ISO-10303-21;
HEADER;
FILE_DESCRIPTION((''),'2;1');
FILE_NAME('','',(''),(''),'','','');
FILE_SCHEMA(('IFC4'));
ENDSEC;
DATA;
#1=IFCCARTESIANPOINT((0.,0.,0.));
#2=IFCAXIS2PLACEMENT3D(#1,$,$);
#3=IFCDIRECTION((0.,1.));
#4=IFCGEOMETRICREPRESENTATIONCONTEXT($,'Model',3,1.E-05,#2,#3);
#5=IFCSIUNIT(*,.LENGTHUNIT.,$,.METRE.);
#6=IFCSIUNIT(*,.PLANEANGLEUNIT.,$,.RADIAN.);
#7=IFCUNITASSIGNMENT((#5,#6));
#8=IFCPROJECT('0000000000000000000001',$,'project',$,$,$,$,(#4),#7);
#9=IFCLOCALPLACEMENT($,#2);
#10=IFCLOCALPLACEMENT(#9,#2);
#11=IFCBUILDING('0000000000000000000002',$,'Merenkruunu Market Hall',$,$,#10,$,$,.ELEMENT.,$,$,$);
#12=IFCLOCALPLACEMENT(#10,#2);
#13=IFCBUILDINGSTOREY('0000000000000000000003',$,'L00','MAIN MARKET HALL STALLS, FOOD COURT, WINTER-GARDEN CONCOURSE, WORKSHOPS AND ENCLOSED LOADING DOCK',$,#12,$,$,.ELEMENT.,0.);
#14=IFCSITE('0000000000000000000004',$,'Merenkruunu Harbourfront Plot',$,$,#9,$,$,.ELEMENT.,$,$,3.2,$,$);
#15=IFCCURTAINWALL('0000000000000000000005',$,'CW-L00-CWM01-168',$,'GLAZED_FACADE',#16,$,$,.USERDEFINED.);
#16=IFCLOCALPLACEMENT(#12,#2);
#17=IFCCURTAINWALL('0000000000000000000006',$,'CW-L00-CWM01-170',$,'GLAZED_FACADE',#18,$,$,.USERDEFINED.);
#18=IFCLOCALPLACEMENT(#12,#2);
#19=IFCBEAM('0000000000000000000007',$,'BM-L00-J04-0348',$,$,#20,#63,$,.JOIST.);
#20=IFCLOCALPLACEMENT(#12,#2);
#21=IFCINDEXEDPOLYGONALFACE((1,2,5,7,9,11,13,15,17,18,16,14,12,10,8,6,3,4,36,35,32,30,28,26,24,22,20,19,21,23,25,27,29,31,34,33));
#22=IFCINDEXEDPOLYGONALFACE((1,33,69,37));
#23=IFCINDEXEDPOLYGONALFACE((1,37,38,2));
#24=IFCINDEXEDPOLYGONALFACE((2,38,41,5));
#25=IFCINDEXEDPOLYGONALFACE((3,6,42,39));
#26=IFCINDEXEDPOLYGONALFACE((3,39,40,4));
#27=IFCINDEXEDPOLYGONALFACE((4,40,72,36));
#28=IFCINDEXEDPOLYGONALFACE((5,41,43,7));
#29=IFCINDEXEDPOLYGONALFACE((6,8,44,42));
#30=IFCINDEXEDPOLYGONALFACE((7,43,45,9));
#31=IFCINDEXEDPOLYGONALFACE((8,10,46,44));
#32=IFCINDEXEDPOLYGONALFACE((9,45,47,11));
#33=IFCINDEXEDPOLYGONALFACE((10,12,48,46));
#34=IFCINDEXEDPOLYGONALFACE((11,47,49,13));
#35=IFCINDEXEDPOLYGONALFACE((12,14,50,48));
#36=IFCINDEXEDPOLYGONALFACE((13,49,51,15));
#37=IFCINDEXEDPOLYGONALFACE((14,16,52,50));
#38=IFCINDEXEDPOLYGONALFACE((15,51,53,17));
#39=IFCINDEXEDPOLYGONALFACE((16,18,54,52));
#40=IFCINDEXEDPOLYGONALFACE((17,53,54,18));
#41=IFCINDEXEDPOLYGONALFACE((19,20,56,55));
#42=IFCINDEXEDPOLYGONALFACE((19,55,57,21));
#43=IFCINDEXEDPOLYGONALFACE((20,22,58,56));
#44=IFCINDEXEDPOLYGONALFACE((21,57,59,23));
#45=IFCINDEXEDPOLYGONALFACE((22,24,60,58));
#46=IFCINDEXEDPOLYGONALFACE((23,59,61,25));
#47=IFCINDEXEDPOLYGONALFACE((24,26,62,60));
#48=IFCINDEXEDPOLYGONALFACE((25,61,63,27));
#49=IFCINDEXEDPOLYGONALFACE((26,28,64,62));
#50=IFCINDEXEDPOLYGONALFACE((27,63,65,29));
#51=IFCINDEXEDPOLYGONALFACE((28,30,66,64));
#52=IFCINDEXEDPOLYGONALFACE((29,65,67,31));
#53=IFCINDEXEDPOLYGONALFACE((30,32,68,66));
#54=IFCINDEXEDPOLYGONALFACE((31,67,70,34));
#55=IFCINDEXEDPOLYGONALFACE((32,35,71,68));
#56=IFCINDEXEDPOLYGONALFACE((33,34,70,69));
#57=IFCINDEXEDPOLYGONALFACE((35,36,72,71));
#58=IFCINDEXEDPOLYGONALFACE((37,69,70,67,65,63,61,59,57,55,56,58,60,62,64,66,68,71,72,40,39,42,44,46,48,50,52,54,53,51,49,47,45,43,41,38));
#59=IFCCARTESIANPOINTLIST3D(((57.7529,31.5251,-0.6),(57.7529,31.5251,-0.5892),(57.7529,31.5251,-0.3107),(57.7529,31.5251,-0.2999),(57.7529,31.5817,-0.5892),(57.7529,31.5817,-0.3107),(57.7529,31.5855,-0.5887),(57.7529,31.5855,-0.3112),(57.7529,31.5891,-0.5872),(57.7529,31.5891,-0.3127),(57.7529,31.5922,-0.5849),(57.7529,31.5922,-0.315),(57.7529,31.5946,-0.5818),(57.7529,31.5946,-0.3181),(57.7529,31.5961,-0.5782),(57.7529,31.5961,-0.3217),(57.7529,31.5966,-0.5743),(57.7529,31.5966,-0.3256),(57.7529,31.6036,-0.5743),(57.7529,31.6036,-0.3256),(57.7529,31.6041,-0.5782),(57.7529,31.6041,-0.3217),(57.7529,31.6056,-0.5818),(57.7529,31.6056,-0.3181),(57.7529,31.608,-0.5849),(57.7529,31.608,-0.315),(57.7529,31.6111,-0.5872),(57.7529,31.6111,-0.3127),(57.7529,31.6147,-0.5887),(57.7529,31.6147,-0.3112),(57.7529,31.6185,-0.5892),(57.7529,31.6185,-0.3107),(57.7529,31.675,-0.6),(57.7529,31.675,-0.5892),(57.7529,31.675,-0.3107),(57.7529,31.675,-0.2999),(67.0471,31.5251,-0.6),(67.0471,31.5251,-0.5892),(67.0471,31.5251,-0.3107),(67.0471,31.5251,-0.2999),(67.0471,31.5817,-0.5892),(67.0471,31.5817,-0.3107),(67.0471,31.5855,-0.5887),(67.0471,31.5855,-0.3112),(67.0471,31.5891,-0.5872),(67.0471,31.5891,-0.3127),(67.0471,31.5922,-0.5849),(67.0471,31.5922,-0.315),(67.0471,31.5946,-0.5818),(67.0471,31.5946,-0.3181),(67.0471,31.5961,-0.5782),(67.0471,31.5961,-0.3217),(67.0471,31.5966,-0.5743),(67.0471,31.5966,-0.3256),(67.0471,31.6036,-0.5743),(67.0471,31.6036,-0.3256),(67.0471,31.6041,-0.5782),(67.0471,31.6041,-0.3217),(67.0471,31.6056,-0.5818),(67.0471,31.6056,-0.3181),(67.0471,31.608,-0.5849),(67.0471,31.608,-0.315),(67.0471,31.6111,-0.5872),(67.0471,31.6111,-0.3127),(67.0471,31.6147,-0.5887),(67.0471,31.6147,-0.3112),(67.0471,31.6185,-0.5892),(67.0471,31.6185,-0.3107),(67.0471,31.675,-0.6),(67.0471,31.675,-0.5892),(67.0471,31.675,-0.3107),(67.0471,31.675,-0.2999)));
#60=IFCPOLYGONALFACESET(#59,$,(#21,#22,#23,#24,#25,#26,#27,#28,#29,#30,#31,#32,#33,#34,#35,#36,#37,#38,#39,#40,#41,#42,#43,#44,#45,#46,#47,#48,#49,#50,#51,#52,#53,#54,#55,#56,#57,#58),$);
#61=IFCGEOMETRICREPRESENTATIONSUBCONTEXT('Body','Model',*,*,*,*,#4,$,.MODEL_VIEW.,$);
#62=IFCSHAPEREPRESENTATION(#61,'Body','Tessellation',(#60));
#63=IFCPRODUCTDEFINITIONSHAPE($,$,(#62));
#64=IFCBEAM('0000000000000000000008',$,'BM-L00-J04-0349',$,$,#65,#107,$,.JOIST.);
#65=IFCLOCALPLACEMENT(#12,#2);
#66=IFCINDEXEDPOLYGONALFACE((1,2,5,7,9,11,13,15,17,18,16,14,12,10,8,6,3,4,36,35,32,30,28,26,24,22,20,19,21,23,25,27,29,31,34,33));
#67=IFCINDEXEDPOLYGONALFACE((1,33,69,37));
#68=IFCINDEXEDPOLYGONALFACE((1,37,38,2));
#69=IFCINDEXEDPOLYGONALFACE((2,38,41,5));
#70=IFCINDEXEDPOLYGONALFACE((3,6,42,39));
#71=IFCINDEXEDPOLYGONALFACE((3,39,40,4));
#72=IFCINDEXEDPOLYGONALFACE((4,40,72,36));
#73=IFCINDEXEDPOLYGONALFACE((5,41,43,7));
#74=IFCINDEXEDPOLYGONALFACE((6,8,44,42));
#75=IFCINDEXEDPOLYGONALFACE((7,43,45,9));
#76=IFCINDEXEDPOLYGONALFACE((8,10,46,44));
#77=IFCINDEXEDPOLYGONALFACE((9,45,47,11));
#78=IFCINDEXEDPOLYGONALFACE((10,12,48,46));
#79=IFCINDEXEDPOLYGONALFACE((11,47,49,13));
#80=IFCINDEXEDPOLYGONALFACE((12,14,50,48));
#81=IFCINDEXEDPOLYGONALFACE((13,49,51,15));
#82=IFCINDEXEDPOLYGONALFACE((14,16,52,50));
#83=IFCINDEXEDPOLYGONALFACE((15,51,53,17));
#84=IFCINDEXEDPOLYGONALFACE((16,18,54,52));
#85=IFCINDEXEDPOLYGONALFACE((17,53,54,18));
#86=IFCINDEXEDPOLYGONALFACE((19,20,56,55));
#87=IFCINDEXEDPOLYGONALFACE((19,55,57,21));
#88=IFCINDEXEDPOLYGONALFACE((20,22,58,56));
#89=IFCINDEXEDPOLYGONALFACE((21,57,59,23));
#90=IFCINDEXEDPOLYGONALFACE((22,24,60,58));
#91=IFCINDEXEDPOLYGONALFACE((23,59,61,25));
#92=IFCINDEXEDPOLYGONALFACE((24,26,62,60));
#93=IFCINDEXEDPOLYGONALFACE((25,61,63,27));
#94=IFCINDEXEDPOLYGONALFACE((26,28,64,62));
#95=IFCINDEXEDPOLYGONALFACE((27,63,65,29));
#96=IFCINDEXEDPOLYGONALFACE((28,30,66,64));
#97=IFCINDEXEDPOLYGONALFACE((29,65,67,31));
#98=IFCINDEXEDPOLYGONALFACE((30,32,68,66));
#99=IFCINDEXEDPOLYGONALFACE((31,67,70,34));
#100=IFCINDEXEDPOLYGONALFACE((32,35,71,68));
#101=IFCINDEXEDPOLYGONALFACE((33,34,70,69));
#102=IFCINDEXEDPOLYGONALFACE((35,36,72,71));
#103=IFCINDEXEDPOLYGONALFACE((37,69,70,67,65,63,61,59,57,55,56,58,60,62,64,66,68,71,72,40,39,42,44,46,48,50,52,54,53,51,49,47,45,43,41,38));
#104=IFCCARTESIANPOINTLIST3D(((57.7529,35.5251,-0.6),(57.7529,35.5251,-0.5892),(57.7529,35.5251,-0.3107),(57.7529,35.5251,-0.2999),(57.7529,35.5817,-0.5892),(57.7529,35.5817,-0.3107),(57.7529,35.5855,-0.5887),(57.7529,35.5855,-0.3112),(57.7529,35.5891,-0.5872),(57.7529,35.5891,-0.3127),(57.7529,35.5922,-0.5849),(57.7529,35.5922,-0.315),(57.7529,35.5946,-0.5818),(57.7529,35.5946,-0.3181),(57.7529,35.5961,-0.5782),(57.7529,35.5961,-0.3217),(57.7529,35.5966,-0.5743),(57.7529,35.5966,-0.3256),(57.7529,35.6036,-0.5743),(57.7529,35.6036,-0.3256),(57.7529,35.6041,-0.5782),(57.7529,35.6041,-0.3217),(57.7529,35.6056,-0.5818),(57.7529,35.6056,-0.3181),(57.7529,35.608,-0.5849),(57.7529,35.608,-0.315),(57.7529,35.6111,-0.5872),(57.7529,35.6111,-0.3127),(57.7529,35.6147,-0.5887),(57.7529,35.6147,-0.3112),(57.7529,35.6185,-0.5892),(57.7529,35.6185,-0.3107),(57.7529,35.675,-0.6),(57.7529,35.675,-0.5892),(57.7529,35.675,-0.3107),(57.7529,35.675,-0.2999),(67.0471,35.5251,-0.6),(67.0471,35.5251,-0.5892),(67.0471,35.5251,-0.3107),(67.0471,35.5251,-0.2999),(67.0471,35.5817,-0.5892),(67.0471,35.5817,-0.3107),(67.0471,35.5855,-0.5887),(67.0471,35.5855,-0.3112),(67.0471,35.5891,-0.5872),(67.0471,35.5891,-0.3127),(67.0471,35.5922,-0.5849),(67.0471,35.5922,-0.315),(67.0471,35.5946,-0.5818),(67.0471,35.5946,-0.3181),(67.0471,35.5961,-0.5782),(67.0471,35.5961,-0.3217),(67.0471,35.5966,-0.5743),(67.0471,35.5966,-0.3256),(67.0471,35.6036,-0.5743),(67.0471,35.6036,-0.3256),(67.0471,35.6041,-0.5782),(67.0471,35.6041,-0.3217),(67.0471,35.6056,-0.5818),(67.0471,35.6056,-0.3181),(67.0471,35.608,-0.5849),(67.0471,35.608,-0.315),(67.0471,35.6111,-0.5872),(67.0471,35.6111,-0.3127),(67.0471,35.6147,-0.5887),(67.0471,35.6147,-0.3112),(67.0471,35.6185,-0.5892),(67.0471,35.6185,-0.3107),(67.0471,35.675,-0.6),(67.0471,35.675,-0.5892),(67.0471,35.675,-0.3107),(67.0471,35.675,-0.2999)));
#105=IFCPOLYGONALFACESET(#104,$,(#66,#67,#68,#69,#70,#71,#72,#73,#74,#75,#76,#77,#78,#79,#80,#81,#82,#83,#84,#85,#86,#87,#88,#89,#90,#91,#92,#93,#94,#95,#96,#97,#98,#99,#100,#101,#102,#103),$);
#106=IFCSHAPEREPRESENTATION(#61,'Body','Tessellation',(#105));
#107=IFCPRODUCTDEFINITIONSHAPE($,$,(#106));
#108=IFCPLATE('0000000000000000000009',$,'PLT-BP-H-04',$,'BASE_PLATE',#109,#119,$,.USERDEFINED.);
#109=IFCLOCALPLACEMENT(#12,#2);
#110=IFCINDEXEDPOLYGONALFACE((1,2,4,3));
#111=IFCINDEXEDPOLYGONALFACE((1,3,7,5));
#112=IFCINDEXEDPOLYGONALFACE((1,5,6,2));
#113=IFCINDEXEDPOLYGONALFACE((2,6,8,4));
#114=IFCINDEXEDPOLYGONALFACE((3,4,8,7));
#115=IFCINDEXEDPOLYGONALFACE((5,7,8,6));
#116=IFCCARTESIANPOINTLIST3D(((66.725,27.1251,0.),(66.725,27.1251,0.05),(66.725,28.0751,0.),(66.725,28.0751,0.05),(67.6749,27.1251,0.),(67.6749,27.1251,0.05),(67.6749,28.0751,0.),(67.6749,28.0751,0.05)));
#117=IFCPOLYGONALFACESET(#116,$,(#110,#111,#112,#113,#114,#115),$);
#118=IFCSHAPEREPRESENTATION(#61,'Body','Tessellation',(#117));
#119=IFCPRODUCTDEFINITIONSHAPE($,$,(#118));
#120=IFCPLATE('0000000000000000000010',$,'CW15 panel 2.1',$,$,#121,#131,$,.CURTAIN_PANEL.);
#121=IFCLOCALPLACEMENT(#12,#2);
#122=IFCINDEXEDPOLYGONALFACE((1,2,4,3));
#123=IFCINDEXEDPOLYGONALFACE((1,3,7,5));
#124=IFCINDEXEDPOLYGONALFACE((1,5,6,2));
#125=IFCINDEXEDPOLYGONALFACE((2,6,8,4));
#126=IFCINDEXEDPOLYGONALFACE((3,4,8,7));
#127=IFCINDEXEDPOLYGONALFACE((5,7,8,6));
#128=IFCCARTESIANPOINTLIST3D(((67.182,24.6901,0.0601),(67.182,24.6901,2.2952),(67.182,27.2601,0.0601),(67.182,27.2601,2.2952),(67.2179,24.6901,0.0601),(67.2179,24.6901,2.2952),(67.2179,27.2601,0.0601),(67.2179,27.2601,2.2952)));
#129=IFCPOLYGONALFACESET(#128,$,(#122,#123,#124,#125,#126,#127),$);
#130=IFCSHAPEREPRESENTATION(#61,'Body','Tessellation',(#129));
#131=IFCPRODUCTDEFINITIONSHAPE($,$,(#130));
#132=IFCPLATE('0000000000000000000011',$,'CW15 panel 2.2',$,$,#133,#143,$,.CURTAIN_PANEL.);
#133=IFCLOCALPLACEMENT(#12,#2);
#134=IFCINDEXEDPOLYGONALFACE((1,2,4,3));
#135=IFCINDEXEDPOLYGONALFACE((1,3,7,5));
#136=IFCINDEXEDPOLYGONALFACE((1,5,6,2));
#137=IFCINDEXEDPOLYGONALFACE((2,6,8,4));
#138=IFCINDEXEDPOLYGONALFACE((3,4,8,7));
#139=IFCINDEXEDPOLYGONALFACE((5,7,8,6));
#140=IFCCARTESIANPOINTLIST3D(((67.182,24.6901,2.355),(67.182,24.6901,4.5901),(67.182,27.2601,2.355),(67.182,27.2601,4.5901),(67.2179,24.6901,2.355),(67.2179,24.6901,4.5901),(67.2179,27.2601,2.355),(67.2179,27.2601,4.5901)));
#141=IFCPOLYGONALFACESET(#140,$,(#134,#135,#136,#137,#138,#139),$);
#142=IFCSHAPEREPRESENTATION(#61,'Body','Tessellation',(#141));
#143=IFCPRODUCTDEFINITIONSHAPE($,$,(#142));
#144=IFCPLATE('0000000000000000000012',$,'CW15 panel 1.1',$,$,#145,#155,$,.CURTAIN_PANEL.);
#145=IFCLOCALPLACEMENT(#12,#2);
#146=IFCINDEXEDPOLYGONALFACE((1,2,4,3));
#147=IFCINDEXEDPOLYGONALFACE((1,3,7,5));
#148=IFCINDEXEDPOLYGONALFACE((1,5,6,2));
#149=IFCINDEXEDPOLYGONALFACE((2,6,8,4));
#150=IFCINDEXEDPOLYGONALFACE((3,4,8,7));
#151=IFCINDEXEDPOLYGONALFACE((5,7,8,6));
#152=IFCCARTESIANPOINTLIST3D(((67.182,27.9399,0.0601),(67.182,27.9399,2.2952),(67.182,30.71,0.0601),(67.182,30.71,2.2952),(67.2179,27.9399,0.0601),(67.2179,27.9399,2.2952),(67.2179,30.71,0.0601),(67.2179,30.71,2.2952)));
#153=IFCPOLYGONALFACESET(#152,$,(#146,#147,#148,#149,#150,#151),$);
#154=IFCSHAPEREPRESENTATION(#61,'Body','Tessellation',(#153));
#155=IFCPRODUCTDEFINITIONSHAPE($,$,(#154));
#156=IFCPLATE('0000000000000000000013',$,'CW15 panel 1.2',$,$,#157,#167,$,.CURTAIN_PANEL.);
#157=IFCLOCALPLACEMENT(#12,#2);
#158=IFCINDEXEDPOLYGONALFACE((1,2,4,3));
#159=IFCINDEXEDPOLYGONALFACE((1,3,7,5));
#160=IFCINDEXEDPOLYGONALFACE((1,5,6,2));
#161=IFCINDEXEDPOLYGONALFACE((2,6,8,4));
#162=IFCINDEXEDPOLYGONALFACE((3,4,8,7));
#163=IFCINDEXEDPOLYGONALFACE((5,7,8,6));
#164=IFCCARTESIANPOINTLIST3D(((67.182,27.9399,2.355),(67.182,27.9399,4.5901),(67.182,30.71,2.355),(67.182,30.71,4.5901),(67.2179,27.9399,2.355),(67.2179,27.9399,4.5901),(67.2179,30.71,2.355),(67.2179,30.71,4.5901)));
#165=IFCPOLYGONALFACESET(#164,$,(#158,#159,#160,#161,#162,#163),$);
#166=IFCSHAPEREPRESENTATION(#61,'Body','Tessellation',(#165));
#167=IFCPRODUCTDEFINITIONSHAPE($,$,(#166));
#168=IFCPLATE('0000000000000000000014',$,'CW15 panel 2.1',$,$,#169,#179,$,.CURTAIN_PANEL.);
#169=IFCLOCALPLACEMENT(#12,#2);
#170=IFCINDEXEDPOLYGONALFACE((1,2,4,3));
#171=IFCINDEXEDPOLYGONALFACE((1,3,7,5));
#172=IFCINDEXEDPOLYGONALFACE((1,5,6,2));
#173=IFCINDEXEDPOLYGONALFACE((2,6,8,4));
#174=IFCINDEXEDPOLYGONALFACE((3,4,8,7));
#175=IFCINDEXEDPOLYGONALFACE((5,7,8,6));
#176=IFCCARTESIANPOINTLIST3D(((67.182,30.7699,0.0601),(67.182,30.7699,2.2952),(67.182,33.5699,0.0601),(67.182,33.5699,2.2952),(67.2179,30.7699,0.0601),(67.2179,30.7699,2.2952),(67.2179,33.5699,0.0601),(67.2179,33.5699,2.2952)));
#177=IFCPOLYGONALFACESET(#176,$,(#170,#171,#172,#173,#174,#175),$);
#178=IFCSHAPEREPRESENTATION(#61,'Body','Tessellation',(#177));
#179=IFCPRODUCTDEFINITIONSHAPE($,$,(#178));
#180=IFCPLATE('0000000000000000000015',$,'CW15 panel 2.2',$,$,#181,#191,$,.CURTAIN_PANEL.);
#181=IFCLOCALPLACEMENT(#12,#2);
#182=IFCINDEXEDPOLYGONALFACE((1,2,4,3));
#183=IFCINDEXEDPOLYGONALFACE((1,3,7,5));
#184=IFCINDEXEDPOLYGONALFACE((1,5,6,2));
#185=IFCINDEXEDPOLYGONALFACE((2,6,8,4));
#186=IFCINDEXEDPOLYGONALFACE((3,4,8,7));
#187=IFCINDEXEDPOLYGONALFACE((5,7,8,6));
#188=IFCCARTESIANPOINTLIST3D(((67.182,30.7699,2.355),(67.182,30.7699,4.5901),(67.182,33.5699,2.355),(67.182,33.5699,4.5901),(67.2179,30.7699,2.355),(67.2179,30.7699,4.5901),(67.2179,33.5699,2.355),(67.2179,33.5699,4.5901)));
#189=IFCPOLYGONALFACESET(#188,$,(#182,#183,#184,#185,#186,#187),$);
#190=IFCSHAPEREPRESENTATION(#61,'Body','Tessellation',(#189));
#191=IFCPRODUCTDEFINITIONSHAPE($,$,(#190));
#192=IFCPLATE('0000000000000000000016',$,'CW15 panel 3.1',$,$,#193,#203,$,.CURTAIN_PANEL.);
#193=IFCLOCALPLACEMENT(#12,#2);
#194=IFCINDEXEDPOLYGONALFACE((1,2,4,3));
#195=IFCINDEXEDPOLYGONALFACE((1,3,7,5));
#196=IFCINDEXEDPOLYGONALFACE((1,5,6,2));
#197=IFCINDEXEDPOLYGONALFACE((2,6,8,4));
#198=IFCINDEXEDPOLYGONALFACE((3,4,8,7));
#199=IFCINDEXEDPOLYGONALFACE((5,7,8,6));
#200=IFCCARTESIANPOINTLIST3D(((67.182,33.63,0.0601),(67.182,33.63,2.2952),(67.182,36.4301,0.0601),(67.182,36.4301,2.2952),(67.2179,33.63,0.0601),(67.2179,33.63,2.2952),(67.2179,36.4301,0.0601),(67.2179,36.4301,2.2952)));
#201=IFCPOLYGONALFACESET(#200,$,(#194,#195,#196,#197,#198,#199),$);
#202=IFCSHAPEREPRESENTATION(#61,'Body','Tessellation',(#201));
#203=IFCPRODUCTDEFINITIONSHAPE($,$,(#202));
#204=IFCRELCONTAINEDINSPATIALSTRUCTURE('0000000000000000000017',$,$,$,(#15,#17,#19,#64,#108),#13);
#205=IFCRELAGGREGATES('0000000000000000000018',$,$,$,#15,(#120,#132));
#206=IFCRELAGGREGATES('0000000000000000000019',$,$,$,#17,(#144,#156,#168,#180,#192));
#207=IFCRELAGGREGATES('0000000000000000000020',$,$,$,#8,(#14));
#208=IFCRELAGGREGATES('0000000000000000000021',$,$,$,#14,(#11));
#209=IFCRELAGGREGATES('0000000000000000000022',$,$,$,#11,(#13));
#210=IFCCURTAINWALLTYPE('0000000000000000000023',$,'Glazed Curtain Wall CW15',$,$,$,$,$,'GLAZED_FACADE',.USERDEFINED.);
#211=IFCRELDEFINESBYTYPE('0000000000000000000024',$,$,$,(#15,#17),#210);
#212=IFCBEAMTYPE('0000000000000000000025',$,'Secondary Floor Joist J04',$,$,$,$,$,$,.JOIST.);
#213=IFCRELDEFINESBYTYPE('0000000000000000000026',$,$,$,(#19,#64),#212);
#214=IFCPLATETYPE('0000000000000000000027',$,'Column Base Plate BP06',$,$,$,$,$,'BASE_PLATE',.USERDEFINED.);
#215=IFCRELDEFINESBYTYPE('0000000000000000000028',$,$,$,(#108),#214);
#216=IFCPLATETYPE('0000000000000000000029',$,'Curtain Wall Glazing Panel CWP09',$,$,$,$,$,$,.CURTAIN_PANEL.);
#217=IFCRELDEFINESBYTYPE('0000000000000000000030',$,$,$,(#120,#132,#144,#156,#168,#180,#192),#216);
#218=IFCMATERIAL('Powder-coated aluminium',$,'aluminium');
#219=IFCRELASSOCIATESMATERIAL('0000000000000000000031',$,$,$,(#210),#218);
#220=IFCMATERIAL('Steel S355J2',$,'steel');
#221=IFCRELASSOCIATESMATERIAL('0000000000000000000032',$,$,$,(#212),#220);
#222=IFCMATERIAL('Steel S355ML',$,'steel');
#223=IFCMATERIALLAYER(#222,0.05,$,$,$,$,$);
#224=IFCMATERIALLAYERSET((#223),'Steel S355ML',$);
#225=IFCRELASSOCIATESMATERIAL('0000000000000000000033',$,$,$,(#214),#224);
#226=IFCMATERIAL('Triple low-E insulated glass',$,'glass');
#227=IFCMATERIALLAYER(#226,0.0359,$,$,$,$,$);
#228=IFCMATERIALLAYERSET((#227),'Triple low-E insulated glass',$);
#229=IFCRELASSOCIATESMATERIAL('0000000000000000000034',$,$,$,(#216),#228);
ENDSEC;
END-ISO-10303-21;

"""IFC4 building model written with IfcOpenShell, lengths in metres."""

from ifc_helpers import new_model, si_unit, direction, frame, origin, origin_2d, place, context, subcontext, project, spatial, rectangle, i_section, extrude, material, layer, layer_set, material_profile, profile_set, type_object, element, aggregate, save


model = new_model("IFC4")

# Units and contexts
model_context = context("Model", 3, precision=1e-05, world=origin(), true_north=direction((0.0, 1.0)))
body_context = subcontext(model_context, "Body", "Model", "MODEL_VIEW")
ifc_project = project(units=[si_unit("LENGTHUNIT", "METRE"), si_unit("PLANEANGLEUNIT", "RADIAN")], contexts=[model_context])

# Site, building, storey
site_placement = place(None, origin())
site = spatial("IfcSite", under=ifc_project, at=site_placement, Name="Merenkruunu Harbourfront Plot", CompositionType="ELEMENT", RefElevation=3.2)
building_placement = place(site_placement, origin())
building = spatial("IfcBuilding", under=site, at=building_placement, Name="Merenkruunu Market Hall", CompositionType="ELEMENT")
storey_placement = place(building_placement, origin())
storey = spatial("IfcBuildingStorey", under=building, at=storey_placement, Name="L00", Description="MAIN MARKET HALL STALLS, FOOD COURT, WINTER-GARDEN CONCOURSE, WORKSHOPS AND ENCLOSED LOADING DOCK", CompositionType="ELEMENT", Elevation=0.0)

# Shared definitions
ifc_material_1 = material(Name="Steel S355ML", Category="steel")

# Curtain walls
ifc_material_2 = material(Name="Powder-coated aluminium", Category="aluminium")
curtain_wall_type = type_object("IfcCurtainWallType", Name="Glazed Curtain Wall CW15", ElementType="GLAZED_FACADE", PredefinedType="USERDEFINED", material=ifc_material_2)
curtain_wall_1_placement = place(storey_placement, origin())
curtain_wall_1 = element("IfcCurtainWall", 1, at=curtain_wall_1_placement, inside=storey, type_object=curtain_wall_type, Name="CW-L00-CWM01-168", ObjectType="GLAZED_FACADE", PredefinedType="USERDEFINED")
curtain_wall_2_placement = place(storey_placement, origin())
curtain_wall_2 = element("IfcCurtainWall", 2, at=curtain_wall_2_placement, inside=storey, type_object=curtain_wall_type, Name="CW-L00-CWM01-170", ObjectType="GLAZED_FACADE", PredefinedType="USERDEFINED")

# Beams
ifc_material_3 = material(Name="Steel S355J2", Category="steel")
ifc_material_profile_1 = material_profile(ifc_material_3, i_section(OverallWidth=0.1499, OverallDepth=0.3, WebThickness=0.0071, FlangeThickness=0.0107, FilletRadius=0.0149, at=origin_2d()), Name="IPE 300")
ifc_profile_set_1 = profile_set([ifc_material_profile_1], Name="Steel S355J2")
beam_type_1 = type_object("IfcBeamType", Name="Secondary Floor Joist J04", PredefinedType="JOIST", material=ifc_profile_set_1)
for number, where, z_axis, x_axis, name in (
    (3, (57.7529, 31.6001, -0.45), (1.0, 0.0, 0.0), (0.0, 1.0, 0.0), "BM-L00-J04-0348"),
    (4, (57.7529, 35.6001, -0.45), (1.0, 0.0, 0.0), (0.0, 1.0, 0.0), "BM-L00-J04-0349"),
):
    element("IfcBeam", number, at=place(storey_placement, frame(where, z_axis=z_axis, x_axis=x_axis)), inside=storey, type_object=beam_type_1, Name=name, PredefinedType="JOIST", context=body_context, shape_type="SweptSolid", body=[
        extrude(i_section(OverallWidth=0.1499, OverallDepth=0.3, WebThickness=0.0071, FlangeThickness=0.0107, FilletRadius=0.0149, at=origin_2d()), origin(), (0.0, 0.0, 1.0), 9.2942),
    ])

# Plates
ifc_layer_1 = layer(ifc_material_1, 0.05)
ifc_layer_set_1 = layer_set([ifc_layer_1], Name="Steel S355ML")
plate_type_1 = type_object("IfcPlateType", Name="Column Base Plate BP06", ElementType="BASE_PLATE", PredefinedType="USERDEFINED", material=ifc_layer_set_1)
plate_1_placement = place(storey_placement, frame((67.2, 27.6001, 0.0), z_axis=(0.0, 0.0, 1.0), x_axis=(1.0, 0.0, 0.0)))
element("IfcPlate", 5, at=plate_1_placement, inside=storey, type_object=plate_type_1, Name="PLT-BP-H-04", ObjectType="BASE_PLATE", PredefinedType="USERDEFINED", context=body_context, shape_type="SweptSolid", body=[
    extrude(rectangle(XDim=0.95, YDim=0.95, at=origin_2d()), origin(), (0.0, 0.0, 1.0), 0.05),
])
ifc_material_4 = material(Name="Triple low-E insulated glass", Category="glass")
ifc_layer_2 = layer(ifc_material_4, 0.0359)
ifc_layer_set_2 = layer_set([ifc_layer_2], Name="Triple low-E insulated glass")
plate_type_2 = type_object("IfcPlateType", Name="Curtain Wall Glazing Panel CWP09", PredefinedType="CURTAIN_PANEL", material=ifc_layer_set_2)
plate_2_placement = place(storey_placement, frame((67.2, 25.9751, 0.0601), z_axis=(0.0, 0.0, 1.0), x_axis=(0.0, 1.0, 0.0)))
plate_2 = element("IfcPlate", 6, at=plate_2_placement, type_object=plate_type_2, Name="CW15 panel 2.1", PredefinedType="CURTAIN_PANEL", context=body_context, shape_type="SweptSolid", body=[
    extrude(rectangle(XDim=2.5701, YDim=0.0359, at=origin_2d()), origin(), (0.0, 0.0, 1.0), 2.2351),
])
plate_3_placement = place(storey_placement, frame((67.2, 25.9751, 2.355), z_axis=(0.0, 0.0, 1.0), x_axis=(0.0, 1.0, 0.0)))
plate_3 = element("IfcPlate", 7, at=plate_3_placement, type_object=plate_type_2, Name="CW15 panel 2.2", PredefinedType="CURTAIN_PANEL", context=body_context, shape_type="SweptSolid", body=[
    extrude(rectangle(XDim=2.5701, YDim=0.0359, at=origin_2d()), origin(), (0.0, 0.0, 1.0), 2.2351),
])
aggregate(curtain_wall_1, [plate_2, plate_3])
plate_4_placement = place(storey_placement, frame((67.2, 29.325, 0.0601), z_axis=(0.0, 0.0, 1.0), x_axis=(0.0, 1.0, 0.0)))
plate_4 = element("IfcPlate", 8, at=plate_4_placement, type_object=plate_type_2, Name="CW15 panel 1.1", PredefinedType="CURTAIN_PANEL", context=body_context, shape_type="SweptSolid", body=[
    extrude(rectangle(XDim=2.77, YDim=0.0359, at=origin_2d()), origin(), (0.0, 0.0, 1.0), 2.2351),
])
plate_5_placement = place(storey_placement, frame((67.2, 29.325, 2.355), z_axis=(0.0, 0.0, 1.0), x_axis=(0.0, 1.0, 0.0)))
plate_5 = element("IfcPlate", 9, at=plate_5_placement, type_object=plate_type_2, Name="CW15 panel 1.2", PredefinedType="CURTAIN_PANEL", context=body_context, shape_type="SweptSolid", body=[
    extrude(rectangle(XDim=2.77, YDim=0.0359, at=origin_2d()), origin(), (0.0, 0.0, 1.0), 2.2351),
])
plate_6_placement = place(storey_placement, frame((67.2, 32.1699, 0.0601), z_axis=(0.0, 0.0, 1.0), x_axis=(0.0, 1.0, 0.0)))
plate_6 = element("IfcPlate", 10, at=plate_6_placement, type_object=plate_type_2, Name="CW15 panel 2.1", PredefinedType="CURTAIN_PANEL", context=body_context, shape_type="SweptSolid", body=[
    extrude(rectangle(XDim=2.8, YDim=0.0359, at=origin_2d()), origin(), (0.0, 0.0, 1.0), 2.2351),
])
plate_7_placement = place(storey_placement, frame((67.2, 32.1699, 2.355), z_axis=(0.0, 0.0, 1.0), x_axis=(0.0, 1.0, 0.0)))
plate_7 = element("IfcPlate", 11, at=plate_7_placement, type_object=plate_type_2, Name="CW15 panel 2.2", PredefinedType="CURTAIN_PANEL", context=body_context, shape_type="SweptSolid", body=[
    extrude(rectangle(XDim=2.8, YDim=0.0359, at=origin_2d()), origin(), (0.0, 0.0, 1.0), 2.2351),
])
plate_8_placement = place(storey_placement, frame((67.2, 35.03, 0.0601), z_axis=(0.0, 0.0, 1.0), x_axis=(0.0, 1.0, 0.0)))
plate_8 = element("IfcPlate", 12, at=plate_8_placement, type_object=plate_type_2, Name="CW15 panel 3.1", PredefinedType="CURTAIN_PANEL", context=body_context, shape_type="SweptSolid", body=[
    extrude(rectangle(XDim=2.8, YDim=0.0359, at=origin_2d()), origin(), (0.0, 0.0, 1.0), 2.2351),
])
aggregate(curtain_wall_2, [plate_4, plate_5, plate_6, plate_7, plate_8])

save(model, "model.ifc")
